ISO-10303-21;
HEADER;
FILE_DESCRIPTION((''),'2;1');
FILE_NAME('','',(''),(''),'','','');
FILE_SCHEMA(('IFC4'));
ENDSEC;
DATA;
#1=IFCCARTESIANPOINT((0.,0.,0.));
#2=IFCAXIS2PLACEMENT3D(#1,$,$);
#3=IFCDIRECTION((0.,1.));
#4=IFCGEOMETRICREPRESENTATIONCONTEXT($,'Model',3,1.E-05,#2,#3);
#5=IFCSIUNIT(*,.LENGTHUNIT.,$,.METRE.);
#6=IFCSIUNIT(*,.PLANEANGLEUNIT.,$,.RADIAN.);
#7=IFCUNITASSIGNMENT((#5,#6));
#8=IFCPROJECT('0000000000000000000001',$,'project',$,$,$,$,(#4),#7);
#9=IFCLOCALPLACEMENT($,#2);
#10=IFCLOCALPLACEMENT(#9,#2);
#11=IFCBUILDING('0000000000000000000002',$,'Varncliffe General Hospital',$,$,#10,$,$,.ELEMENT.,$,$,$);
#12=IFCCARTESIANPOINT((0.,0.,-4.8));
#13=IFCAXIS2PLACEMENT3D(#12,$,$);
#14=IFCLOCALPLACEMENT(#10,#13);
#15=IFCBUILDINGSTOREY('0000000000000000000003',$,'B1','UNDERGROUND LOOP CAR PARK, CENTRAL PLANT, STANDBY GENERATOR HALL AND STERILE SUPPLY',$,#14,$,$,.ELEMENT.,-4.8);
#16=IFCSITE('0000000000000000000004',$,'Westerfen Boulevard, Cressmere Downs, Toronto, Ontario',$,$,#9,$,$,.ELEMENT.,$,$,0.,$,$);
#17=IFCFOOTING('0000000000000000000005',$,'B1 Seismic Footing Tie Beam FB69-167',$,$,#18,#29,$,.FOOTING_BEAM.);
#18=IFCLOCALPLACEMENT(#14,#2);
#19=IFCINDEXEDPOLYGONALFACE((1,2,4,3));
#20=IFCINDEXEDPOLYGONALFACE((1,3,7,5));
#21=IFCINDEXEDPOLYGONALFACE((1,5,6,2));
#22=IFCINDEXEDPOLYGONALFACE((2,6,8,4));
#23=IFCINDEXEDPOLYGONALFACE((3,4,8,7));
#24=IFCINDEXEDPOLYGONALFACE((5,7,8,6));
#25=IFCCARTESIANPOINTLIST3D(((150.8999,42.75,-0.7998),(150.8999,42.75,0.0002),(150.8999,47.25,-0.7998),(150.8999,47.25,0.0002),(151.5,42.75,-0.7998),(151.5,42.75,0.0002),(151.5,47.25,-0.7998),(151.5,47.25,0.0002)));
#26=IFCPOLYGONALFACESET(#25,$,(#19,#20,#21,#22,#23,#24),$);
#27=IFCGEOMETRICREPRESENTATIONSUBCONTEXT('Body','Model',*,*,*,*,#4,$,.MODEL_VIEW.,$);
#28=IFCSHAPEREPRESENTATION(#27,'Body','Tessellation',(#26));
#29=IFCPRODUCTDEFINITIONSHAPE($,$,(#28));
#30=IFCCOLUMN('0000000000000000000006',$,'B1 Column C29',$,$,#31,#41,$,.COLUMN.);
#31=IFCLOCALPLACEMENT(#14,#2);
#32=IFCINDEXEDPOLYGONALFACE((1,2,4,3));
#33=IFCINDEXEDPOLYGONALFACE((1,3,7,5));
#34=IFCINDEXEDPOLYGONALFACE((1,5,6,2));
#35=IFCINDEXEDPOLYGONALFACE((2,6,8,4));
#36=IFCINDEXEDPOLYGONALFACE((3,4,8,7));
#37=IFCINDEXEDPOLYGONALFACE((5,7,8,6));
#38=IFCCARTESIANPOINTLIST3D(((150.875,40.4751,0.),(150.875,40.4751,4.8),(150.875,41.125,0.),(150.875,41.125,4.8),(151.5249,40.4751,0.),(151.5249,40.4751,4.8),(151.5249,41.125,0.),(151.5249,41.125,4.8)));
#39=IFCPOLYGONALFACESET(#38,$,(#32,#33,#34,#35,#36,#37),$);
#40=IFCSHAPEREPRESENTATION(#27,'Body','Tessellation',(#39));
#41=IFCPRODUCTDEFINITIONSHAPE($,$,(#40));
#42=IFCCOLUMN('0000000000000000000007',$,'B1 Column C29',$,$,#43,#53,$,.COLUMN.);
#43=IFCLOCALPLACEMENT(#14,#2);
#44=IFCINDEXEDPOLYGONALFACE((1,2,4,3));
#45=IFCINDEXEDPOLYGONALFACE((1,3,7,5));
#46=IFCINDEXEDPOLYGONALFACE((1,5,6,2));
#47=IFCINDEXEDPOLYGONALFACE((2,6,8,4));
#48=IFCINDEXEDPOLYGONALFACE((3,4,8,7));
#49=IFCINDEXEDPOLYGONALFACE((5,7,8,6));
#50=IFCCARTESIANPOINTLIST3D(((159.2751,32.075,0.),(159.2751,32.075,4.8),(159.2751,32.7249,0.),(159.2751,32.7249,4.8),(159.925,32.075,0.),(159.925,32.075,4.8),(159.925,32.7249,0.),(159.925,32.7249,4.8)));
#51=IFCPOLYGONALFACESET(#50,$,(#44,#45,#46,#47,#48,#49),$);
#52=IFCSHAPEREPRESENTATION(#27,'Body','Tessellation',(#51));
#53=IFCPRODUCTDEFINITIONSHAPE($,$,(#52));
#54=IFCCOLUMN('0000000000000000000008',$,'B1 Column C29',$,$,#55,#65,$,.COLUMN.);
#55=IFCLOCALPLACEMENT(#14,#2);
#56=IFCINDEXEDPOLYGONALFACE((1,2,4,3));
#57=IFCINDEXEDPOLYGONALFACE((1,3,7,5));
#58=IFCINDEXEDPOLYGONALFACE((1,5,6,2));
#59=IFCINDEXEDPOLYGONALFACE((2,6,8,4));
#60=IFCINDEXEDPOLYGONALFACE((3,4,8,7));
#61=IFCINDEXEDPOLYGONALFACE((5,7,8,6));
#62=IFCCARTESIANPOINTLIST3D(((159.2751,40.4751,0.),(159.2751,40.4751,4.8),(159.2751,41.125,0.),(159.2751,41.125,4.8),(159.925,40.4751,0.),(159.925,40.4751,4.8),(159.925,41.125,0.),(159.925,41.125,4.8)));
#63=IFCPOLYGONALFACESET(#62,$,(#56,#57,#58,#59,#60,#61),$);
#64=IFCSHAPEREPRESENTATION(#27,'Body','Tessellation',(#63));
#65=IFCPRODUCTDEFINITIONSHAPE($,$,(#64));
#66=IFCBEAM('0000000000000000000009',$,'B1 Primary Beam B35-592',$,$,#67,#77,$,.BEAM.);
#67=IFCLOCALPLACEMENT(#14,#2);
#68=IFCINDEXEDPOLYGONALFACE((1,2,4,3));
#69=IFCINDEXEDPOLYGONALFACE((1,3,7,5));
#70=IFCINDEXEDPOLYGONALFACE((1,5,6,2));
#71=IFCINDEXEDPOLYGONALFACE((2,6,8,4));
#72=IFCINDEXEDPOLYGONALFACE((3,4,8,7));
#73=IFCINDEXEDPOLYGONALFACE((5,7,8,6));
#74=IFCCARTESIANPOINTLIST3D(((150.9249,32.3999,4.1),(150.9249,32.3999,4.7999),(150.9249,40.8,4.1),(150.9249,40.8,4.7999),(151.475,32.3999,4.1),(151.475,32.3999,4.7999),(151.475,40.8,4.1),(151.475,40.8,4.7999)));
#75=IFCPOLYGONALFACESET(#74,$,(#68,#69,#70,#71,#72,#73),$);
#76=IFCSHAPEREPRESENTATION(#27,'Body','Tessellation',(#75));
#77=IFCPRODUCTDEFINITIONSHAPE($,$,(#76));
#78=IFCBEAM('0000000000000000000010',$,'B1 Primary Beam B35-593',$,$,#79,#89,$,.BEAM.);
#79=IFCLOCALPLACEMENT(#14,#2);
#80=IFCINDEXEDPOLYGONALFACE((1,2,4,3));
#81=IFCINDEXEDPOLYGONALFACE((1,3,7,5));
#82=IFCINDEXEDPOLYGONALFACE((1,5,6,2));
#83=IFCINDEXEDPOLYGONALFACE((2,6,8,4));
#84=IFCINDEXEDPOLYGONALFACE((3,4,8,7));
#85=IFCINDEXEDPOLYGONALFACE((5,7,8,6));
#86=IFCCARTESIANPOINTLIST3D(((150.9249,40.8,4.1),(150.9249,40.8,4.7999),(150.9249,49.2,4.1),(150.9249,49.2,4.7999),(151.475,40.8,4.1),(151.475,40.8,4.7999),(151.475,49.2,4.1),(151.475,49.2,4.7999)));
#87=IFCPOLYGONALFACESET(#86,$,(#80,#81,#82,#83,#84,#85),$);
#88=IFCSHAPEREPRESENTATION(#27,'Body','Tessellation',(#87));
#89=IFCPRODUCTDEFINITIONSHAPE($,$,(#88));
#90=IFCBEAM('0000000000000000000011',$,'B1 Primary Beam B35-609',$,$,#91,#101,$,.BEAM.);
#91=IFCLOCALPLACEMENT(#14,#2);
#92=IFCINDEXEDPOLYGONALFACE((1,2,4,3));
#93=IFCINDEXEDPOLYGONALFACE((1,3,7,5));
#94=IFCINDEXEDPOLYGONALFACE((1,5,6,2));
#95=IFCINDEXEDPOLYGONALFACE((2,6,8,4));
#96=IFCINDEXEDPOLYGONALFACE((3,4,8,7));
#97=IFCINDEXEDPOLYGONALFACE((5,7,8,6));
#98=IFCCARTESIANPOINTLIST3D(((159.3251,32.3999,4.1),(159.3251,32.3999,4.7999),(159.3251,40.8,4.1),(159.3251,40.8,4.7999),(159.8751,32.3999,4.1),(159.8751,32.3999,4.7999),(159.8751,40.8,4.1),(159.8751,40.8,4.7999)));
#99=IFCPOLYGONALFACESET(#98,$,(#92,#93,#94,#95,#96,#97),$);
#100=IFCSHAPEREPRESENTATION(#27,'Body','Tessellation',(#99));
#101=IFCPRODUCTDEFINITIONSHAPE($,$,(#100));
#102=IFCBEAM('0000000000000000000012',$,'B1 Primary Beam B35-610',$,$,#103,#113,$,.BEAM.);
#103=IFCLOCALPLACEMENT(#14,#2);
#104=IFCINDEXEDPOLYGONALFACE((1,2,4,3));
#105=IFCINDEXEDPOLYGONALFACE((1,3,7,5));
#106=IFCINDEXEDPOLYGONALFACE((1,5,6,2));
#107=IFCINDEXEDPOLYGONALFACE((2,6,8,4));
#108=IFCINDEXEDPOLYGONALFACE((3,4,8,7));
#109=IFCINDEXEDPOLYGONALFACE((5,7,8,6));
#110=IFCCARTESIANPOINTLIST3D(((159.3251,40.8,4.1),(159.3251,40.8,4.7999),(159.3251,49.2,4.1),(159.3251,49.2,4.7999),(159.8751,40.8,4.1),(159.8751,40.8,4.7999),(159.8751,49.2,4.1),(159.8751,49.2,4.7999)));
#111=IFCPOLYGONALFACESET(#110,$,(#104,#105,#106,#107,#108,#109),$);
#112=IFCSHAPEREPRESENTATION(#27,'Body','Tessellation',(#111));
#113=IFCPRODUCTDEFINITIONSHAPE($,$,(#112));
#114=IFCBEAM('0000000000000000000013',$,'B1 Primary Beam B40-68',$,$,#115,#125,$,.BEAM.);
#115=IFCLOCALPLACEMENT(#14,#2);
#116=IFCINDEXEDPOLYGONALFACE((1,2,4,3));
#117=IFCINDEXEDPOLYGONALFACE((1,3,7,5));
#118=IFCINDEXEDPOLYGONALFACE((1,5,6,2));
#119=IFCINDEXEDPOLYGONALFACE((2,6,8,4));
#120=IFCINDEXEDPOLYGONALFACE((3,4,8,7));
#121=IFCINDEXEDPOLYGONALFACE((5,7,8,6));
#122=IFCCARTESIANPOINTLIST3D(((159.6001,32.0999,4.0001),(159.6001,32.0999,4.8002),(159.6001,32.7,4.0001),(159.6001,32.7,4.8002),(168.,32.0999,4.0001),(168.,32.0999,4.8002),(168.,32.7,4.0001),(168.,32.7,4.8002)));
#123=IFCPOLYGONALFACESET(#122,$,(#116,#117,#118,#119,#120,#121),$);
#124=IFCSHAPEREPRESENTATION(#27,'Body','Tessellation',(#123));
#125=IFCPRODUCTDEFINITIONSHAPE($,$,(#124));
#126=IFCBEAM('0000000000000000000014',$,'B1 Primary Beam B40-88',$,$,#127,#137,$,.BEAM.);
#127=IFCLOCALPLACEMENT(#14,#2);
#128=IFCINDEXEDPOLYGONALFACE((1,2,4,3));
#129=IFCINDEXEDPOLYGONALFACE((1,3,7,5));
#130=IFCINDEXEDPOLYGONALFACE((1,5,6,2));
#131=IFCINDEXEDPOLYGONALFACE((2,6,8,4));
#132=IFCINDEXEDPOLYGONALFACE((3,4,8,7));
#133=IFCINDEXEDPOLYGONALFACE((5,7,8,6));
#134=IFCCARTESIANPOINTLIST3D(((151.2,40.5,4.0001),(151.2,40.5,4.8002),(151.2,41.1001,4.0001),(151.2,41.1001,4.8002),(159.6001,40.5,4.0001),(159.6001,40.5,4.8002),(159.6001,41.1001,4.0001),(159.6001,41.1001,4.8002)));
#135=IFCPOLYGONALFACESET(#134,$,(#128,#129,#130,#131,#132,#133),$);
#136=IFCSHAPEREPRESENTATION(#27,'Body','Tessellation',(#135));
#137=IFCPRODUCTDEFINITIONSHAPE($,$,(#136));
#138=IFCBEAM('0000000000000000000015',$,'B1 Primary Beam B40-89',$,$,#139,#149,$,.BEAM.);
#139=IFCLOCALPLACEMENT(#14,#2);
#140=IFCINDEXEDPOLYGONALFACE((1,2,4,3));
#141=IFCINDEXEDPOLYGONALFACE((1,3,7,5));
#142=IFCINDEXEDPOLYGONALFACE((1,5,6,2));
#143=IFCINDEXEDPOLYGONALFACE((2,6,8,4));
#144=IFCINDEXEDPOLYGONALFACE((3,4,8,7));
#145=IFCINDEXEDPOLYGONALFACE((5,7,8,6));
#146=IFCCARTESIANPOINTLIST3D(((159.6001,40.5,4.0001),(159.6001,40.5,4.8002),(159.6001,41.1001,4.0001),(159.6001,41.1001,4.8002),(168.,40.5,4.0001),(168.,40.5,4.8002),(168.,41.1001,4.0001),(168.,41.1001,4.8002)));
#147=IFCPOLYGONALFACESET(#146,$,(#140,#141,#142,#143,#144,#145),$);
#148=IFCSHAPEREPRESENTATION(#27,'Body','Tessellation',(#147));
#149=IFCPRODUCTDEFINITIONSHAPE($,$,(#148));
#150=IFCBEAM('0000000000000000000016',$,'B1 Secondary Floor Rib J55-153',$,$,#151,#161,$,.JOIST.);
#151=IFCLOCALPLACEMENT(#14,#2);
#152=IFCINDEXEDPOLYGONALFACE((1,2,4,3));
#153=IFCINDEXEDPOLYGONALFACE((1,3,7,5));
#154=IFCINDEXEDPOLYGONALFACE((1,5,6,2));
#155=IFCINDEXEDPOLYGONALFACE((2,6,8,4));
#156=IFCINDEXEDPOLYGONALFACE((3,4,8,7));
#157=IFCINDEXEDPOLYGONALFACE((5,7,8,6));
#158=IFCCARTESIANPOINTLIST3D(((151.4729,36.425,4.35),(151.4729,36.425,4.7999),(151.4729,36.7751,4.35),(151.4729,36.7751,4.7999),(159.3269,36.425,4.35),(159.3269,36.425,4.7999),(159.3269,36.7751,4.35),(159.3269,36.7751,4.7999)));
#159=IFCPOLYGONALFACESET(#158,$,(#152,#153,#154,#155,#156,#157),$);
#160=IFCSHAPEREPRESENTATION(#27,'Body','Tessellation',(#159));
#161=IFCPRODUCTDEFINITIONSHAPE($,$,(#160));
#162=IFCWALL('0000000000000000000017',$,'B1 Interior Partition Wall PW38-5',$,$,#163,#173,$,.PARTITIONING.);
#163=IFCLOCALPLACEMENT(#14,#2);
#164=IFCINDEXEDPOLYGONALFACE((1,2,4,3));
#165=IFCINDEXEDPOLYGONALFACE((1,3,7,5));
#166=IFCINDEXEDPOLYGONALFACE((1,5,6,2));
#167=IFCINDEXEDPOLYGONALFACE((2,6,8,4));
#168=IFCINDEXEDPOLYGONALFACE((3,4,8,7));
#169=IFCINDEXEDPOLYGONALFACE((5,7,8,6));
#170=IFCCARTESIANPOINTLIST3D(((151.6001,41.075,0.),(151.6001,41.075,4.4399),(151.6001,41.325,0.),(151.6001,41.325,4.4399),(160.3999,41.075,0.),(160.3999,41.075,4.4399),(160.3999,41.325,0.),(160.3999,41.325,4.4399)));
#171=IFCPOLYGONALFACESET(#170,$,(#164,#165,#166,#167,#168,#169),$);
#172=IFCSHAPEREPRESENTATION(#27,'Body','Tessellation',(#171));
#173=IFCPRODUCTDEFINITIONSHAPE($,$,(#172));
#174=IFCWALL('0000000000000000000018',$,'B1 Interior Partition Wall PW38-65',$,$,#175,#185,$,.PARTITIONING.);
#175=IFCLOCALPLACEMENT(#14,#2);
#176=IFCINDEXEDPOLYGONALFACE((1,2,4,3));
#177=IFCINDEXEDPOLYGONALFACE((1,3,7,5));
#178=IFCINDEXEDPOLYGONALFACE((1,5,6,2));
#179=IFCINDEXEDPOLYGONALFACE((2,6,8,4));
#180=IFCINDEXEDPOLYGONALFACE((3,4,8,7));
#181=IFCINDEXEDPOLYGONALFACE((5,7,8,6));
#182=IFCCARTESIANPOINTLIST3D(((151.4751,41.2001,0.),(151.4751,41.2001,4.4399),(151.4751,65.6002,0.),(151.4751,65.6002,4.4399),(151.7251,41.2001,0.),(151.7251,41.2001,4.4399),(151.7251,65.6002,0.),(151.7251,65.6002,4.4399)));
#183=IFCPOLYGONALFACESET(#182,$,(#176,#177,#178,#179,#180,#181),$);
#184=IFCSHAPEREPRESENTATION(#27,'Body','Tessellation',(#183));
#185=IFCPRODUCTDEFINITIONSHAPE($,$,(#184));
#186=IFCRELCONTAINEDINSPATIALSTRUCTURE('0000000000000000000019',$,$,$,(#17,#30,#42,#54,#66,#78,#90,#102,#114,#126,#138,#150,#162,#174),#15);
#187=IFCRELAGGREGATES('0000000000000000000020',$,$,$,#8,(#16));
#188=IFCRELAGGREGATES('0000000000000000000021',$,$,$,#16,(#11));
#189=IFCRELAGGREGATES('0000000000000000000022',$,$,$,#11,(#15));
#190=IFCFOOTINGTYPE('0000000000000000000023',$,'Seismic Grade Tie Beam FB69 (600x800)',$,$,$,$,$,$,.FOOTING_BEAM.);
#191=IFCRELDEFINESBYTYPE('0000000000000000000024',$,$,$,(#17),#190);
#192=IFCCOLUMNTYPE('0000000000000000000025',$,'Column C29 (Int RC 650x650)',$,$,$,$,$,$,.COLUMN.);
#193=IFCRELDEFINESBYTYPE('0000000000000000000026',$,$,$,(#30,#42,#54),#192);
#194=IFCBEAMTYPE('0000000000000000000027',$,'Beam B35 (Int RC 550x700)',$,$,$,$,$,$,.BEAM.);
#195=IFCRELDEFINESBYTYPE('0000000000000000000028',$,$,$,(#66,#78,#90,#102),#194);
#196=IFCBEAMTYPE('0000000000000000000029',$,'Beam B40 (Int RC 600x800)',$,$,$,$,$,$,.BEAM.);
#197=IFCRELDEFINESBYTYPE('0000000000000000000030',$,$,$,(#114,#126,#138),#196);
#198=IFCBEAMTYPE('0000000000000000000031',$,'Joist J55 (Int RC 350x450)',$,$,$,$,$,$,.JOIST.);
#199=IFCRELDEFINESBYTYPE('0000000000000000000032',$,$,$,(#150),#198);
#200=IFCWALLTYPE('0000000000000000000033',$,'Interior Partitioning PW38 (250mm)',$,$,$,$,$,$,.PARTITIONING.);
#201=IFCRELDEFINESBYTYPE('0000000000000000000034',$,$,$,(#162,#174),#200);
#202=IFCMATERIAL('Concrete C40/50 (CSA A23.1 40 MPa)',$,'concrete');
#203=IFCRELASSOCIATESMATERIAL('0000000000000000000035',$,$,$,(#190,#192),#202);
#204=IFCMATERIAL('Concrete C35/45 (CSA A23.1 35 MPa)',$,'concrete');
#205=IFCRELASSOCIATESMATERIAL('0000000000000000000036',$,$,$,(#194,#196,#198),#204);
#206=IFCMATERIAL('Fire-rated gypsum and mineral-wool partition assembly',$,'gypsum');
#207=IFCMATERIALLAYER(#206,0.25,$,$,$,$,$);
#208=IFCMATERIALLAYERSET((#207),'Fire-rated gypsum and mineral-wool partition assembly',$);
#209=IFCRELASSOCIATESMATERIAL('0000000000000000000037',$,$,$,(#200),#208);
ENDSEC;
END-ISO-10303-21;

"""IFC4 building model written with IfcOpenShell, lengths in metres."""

from ifc_helpers import new_model, si_unit, direction, frame, frame_2d, origin, origin_2d, place, context, subcontext, project, spatial, rectangle, extrude, material, layer, layer_set, material_profile, profile_set, type_object, element, save


model = new_model("IFC4")

# Units and contexts
model_context = context("Model", 3, precision=1e-05, world=origin(), true_north=direction((0.0, 1.0)))
body_context = subcontext(model_context, "Body", "Model", "MODEL_VIEW")
ifc_project = project(units=[si_unit("LENGTHUNIT", "METRE"), si_unit("PLANEANGLEUNIT", "RADIAN")], contexts=[model_context])

# Site, building, storey
site_placement = place(None, origin())
site = spatial("IfcSite", under=ifc_project, at=site_placement, Name="Westerfen Boulevard, Cressmere Downs, Toronto, Ontario", CompositionType="ELEMENT", RefElevation=0.0)
building_placement = place(site_placement, origin())
building = spatial("IfcBuilding", under=site, at=building_placement, Name="Varncliffe General Hospital", CompositionType="ELEMENT")
storey_placement = place(building_placement, frame((0.0, 0.0, -4.8)))
storey = spatial("IfcBuildingStorey", under=building, at=storey_placement, Name="B1", Description="UNDERGROUND LOOP CAR PARK, CENTRAL PLANT, STANDBY GENERATOR HALL AND STERILE SUPPLY", CompositionType="ELEMENT", Elevation=-4.8)

# Shared definitions
ifc_material_1 = material(Name="Concrete C40/50 (CSA A23.1 40 MPa)", Category="concrete")

# Footing
footing_type_1 = type_object("IfcFootingType", Name="Seismic Grade Tie Beam FB69 (600x800)", PredefinedType="FOOTING_BEAM", material=ifc_material_1)
for number, where, z_axis, x_axis, name in (
    (1, (151.2, 45.0, -0.7998), (0.0, 0.0, 1.0), (1.0, 0.0, 0.0), "B1 Seismic Footing Tie Beam FB69-167"),
):
    element("IfcFooting", number, at=place(storey_placement, frame(where, z_axis=z_axis, x_axis=x_axis)), inside=storey, type_object=footing_type_1, Name=name, PredefinedType="FOOTING_BEAM", context=body_context, shape_type="SweptSolid", body=[
        extrude(rectangle(XDim=0.6001, YDim=4.5, at=origin_2d()), origin(), (0.0, 0.0, 1.0), 0.8),
    ])

# Columns
ifc_material_profile_1 = material_profile(ifc_material_1, rectangle(XDim=0.6499, YDim=0.6499, at=origin_2d()), Name="RC 650x650")
ifc_profile_set_1 = profile_set([ifc_material_profile_1], Name="Concrete C40/50 (CSA A23.1 40 MPa)")
column_type = type_object("IfcColumnType", Name="Column C29 (Int RC 650x650)", PredefinedType="COLUMN", material=ifc_profile_set_1)
for number, where, z_axis, x_axis, name in (
    (2, (151.2, 40.8, 0.0), (0.0, 0.0, 1.0), (1.0, 0.0, 0.0), "B1 Column C29"),
    (3, (159.6001, 32.3999, 0.0), (0.0, 0.0, 1.0), (1.0, 0.0, 0.0), "B1 Column C29"),
    (4, (159.6001, 40.8, 0.0), (0.0, 0.0, 1.0), (1.0, 0.0, 0.0), "B1 Column C29"),
):
    element("IfcColumn", number, at=place(storey_placement, frame(where, z_axis=z_axis, x_axis=x_axis)), inside=storey, type_object=column_type, Name=name, PredefinedType="COLUMN", context=body_context, shape_type="SweptSolid", body=[
        extrude(rectangle(XDim=0.6499, YDim=0.6499, at=origin_2d()), origin(), (0.0, 0.0, 1.0), 4.8),
    ])

# Beams
ifc_material_2 = material(Name="Concrete C35/45 (CSA A23.1 35 MPa)", Category="concrete")
ifc_material_profile_2 = material_profile(ifc_material_2, rectangle(XDim=0.55, YDim=0.7, at=origin_2d()), Name="RC 550x700")
ifc_profile_set_2 = profile_set([ifc_material_profile_2], Name="Concrete C35/45 (CSA A23.1 35 MPa)")
beam_type_1 = type_object("IfcBeamType", Name="Beam B35 (Int RC 550x700)", PredefinedType="BEAM", material=ifc_profile_set_2)
beam_1_placement = place(storey_placement, frame((151.2, 32.3999, 4.45), z_axis=(0.0, 1.0, 0.0), x_axis=(-1.0, 0.0, 0.0)))
element("IfcBeam", 5, at=beam_1_placement, inside=storey, type_object=beam_type_1, Name="B1 Primary Beam B35-592", PredefinedType="BEAM", context=body_context, shape_type="SweptSolid", body=[
    extrude(rectangle(XDim=0.55, YDim=0.7, at=origin_2d()), origin(), (0.0, 0.0, 1.0), 8.4001),
])
beam_2_placement = place(storey_placement, frame((151.2, 40.8, 4.45), z_axis=(0.0, 1.0, 0.0), x_axis=(-1.0, 0.0, 0.0)))
element("IfcBeam", 6, at=beam_2_placement, inside=storey, type_object=beam_type_1, Name="B1 Primary Beam B35-593", PredefinedType="BEAM", context=body_context, shape_type="SweptSolid", body=[
    extrude(rectangle(XDim=0.55, YDim=0.7, at=origin_2d()), origin(), (0.0, 0.0, 1.0), 8.3999),
])
beam_3_placement = place(storey_placement, frame((159.6001, 32.3999, 4.45), z_axis=(0.0, 1.0, 0.0), x_axis=(-1.0, 0.0, 0.0)))
element("IfcBeam", 7, at=beam_3_placement, inside=storey, type_object=beam_type_1, Name="B1 Primary Beam B35-609", PredefinedType="BEAM", context=body_context, shape_type="SweptSolid", body=[
    extrude(rectangle(XDim=0.55, YDim=0.7, at=origin_2d()), origin(), (0.0, 0.0, 1.0), 8.4001),
])
beam_4_placement = place(storey_placement, frame((159.6001, 40.8, 4.45), z_axis=(0.0, 1.0, 0.0), x_axis=(-1.0, 0.0, 0.0)))
element("IfcBeam", 8, at=beam_4_placement, inside=storey, type_object=beam_type_1, Name="B1 Primary Beam B35-610", PredefinedType="BEAM", context=body_context, shape_type="SweptSolid", body=[
    extrude(rectangle(XDim=0.55, YDim=0.7, at=origin_2d()), origin(), (0.0, 0.0, 1.0), 8.3999),
])
ifc_material_profile_3 = material_profile(ifc_material_2, rectangle(XDim=0.6001, YDim=0.8, at=origin_2d()), Name="RC 600x800")
ifc_profile_set_3 = profile_set([ifc_material_profile_3], Name="Concrete C35/45 (CSA A23.1 35 MPa)")
beam_type_2 = type_object("IfcBeamType", Name="Beam B40 (Int RC 600x800)", PredefinedType="BEAM", material=ifc_profile_set_3)
beam_5_placement = place(storey_placement, frame((159.6001, 32.3999, 4.4001), z_axis=(1.0, 0.0, 0.0), x_axis=(0.0, 1.0, 0.0)))
element("IfcBeam", 9, at=beam_5_placement, inside=storey, type_object=beam_type_2, Name="B1 Primary Beam B40-68", PredefinedType="BEAM", context=body_context, shape_type="SweptSolid", body=[
    extrude(rectangle(XDim=0.6001, YDim=0.8, at=origin_2d()), origin(), (0.0, 0.0, 1.0), 8.3999),
])
beam_6_placement = place(storey_placement, frame((151.2, 40.8, 4.4001), z_axis=(1.0, 0.0, 0.0), x_axis=(0.0, 1.0, 0.0)))
element("IfcBeam", 10, at=beam_6_placement, inside=storey, type_object=beam_type_2, Name="B1 Primary Beam B40-88", PredefinedType="BEAM", context=body_context, shape_type="SweptSolid", body=[
    extrude(rectangle(XDim=0.6001, YDim=0.8, at=origin_2d()), origin(), (0.0, 0.0, 1.0), 8.4001),
])
beam_7_placement = place(storey_placement, frame((159.6001, 40.8, 4.4001), z_axis=(1.0, 0.0, 0.0), x_axis=(0.0, 1.0, 0.0)))
element("IfcBeam", 11, at=beam_7_placement, inside=storey, type_object=beam_type_2, Name="B1 Primary Beam B40-89", PredefinedType="BEAM", context=body_context, shape_type="SweptSolid", body=[
    extrude(rectangle(XDim=0.6001, YDim=0.8, at=origin_2d()), origin(), (0.0, 0.0, 1.0), 8.3999),
])
ifc_material_profile_4 = material_profile(ifc_material_2, rectangle(XDim=0.3501, YDim=0.45, at=origin_2d()), Name="RC 350x450")
ifc_profile_set_4 = profile_set([ifc_material_profile_4], Name="Concrete C35/45 (CSA A23.1 35 MPa)")
beam_type_3 = type_object("IfcBeamType", Name="Joist J55 (Int RC 350x450)", PredefinedType="JOIST", material=ifc_profile_set_4)
beam_8_placement = place(storey_placement, frame((151.4729, 36.6001, 4.575), z_axis=(1.0, 0.0, 0.0), x_axis=(0.0, 1.0, 0.0)))
element("IfcBeam", 12, at=beam_8_placement, inside=storey, type_object=beam_type_3, Name="B1 Secondary Floor Rib J55-153", PredefinedType="JOIST", context=body_context, shape_type="SweptSolid", body=[
    extrude(rectangle(XDim=0.3501, YDim=0.45, at=origin_2d()), origin(), (0.0, 0.0, 1.0), 7.854),
])

# Walls
ifc_material_3 = material(Name="Fire-rated gypsum and mineral-wool partition assembly", Category="gypsum")
ifc_layer = layer(ifc_material_3, 0.25)
ifc_layer_set = layer_set([ifc_layer], Name="Fire-rated gypsum and mineral-wool partition assembly")
wall_type = type_object("IfcWallType", Name="Interior Partitioning PW38 (250mm)", PredefinedType="PARTITIONING", material=ifc_layer_set)
wall_1_placement = place(storey_placement, frame((151.6001, 41.2, 0.0), z_axis=(0.0, 0.0, 1.0), x_axis=(1.0, 0.0, 0.0)))
element("IfcWall", 13, at=wall_1_placement, inside=storey, type_object=wall_type, Name="B1 Interior Partition Wall PW38-5", PredefinedType="PARTITIONING", context=body_context, shape_type="SweptSolid", body=[
    extrude(rectangle(XDim=8.7998, YDim=0.25, at=frame_2d((4.3999, 0.0))), origin(), (0.0, 0.0, 1.0), 4.4399),
])
wall_2_placement = place(storey_placement, frame((151.6001, 41.2, 0.0), z_axis=(0.0, 0.0, 1.0), x_axis=(0.0, 1.0, 0.0)))
element("IfcWall", 14, at=wall_2_placement, inside=storey, type_object=wall_type, Name="B1 Interior Partition Wall PW38-65", PredefinedType="PARTITIONING", context=body_context, shape_type="SweptSolid", body=[
    extrude(rectangle(XDim=24.4001, YDim=0.25, at=frame_2d((12.2002, 0.0))), origin(), (0.0, 0.0, 1.0), 4.4399),
])

save(model, "model.ifc")
